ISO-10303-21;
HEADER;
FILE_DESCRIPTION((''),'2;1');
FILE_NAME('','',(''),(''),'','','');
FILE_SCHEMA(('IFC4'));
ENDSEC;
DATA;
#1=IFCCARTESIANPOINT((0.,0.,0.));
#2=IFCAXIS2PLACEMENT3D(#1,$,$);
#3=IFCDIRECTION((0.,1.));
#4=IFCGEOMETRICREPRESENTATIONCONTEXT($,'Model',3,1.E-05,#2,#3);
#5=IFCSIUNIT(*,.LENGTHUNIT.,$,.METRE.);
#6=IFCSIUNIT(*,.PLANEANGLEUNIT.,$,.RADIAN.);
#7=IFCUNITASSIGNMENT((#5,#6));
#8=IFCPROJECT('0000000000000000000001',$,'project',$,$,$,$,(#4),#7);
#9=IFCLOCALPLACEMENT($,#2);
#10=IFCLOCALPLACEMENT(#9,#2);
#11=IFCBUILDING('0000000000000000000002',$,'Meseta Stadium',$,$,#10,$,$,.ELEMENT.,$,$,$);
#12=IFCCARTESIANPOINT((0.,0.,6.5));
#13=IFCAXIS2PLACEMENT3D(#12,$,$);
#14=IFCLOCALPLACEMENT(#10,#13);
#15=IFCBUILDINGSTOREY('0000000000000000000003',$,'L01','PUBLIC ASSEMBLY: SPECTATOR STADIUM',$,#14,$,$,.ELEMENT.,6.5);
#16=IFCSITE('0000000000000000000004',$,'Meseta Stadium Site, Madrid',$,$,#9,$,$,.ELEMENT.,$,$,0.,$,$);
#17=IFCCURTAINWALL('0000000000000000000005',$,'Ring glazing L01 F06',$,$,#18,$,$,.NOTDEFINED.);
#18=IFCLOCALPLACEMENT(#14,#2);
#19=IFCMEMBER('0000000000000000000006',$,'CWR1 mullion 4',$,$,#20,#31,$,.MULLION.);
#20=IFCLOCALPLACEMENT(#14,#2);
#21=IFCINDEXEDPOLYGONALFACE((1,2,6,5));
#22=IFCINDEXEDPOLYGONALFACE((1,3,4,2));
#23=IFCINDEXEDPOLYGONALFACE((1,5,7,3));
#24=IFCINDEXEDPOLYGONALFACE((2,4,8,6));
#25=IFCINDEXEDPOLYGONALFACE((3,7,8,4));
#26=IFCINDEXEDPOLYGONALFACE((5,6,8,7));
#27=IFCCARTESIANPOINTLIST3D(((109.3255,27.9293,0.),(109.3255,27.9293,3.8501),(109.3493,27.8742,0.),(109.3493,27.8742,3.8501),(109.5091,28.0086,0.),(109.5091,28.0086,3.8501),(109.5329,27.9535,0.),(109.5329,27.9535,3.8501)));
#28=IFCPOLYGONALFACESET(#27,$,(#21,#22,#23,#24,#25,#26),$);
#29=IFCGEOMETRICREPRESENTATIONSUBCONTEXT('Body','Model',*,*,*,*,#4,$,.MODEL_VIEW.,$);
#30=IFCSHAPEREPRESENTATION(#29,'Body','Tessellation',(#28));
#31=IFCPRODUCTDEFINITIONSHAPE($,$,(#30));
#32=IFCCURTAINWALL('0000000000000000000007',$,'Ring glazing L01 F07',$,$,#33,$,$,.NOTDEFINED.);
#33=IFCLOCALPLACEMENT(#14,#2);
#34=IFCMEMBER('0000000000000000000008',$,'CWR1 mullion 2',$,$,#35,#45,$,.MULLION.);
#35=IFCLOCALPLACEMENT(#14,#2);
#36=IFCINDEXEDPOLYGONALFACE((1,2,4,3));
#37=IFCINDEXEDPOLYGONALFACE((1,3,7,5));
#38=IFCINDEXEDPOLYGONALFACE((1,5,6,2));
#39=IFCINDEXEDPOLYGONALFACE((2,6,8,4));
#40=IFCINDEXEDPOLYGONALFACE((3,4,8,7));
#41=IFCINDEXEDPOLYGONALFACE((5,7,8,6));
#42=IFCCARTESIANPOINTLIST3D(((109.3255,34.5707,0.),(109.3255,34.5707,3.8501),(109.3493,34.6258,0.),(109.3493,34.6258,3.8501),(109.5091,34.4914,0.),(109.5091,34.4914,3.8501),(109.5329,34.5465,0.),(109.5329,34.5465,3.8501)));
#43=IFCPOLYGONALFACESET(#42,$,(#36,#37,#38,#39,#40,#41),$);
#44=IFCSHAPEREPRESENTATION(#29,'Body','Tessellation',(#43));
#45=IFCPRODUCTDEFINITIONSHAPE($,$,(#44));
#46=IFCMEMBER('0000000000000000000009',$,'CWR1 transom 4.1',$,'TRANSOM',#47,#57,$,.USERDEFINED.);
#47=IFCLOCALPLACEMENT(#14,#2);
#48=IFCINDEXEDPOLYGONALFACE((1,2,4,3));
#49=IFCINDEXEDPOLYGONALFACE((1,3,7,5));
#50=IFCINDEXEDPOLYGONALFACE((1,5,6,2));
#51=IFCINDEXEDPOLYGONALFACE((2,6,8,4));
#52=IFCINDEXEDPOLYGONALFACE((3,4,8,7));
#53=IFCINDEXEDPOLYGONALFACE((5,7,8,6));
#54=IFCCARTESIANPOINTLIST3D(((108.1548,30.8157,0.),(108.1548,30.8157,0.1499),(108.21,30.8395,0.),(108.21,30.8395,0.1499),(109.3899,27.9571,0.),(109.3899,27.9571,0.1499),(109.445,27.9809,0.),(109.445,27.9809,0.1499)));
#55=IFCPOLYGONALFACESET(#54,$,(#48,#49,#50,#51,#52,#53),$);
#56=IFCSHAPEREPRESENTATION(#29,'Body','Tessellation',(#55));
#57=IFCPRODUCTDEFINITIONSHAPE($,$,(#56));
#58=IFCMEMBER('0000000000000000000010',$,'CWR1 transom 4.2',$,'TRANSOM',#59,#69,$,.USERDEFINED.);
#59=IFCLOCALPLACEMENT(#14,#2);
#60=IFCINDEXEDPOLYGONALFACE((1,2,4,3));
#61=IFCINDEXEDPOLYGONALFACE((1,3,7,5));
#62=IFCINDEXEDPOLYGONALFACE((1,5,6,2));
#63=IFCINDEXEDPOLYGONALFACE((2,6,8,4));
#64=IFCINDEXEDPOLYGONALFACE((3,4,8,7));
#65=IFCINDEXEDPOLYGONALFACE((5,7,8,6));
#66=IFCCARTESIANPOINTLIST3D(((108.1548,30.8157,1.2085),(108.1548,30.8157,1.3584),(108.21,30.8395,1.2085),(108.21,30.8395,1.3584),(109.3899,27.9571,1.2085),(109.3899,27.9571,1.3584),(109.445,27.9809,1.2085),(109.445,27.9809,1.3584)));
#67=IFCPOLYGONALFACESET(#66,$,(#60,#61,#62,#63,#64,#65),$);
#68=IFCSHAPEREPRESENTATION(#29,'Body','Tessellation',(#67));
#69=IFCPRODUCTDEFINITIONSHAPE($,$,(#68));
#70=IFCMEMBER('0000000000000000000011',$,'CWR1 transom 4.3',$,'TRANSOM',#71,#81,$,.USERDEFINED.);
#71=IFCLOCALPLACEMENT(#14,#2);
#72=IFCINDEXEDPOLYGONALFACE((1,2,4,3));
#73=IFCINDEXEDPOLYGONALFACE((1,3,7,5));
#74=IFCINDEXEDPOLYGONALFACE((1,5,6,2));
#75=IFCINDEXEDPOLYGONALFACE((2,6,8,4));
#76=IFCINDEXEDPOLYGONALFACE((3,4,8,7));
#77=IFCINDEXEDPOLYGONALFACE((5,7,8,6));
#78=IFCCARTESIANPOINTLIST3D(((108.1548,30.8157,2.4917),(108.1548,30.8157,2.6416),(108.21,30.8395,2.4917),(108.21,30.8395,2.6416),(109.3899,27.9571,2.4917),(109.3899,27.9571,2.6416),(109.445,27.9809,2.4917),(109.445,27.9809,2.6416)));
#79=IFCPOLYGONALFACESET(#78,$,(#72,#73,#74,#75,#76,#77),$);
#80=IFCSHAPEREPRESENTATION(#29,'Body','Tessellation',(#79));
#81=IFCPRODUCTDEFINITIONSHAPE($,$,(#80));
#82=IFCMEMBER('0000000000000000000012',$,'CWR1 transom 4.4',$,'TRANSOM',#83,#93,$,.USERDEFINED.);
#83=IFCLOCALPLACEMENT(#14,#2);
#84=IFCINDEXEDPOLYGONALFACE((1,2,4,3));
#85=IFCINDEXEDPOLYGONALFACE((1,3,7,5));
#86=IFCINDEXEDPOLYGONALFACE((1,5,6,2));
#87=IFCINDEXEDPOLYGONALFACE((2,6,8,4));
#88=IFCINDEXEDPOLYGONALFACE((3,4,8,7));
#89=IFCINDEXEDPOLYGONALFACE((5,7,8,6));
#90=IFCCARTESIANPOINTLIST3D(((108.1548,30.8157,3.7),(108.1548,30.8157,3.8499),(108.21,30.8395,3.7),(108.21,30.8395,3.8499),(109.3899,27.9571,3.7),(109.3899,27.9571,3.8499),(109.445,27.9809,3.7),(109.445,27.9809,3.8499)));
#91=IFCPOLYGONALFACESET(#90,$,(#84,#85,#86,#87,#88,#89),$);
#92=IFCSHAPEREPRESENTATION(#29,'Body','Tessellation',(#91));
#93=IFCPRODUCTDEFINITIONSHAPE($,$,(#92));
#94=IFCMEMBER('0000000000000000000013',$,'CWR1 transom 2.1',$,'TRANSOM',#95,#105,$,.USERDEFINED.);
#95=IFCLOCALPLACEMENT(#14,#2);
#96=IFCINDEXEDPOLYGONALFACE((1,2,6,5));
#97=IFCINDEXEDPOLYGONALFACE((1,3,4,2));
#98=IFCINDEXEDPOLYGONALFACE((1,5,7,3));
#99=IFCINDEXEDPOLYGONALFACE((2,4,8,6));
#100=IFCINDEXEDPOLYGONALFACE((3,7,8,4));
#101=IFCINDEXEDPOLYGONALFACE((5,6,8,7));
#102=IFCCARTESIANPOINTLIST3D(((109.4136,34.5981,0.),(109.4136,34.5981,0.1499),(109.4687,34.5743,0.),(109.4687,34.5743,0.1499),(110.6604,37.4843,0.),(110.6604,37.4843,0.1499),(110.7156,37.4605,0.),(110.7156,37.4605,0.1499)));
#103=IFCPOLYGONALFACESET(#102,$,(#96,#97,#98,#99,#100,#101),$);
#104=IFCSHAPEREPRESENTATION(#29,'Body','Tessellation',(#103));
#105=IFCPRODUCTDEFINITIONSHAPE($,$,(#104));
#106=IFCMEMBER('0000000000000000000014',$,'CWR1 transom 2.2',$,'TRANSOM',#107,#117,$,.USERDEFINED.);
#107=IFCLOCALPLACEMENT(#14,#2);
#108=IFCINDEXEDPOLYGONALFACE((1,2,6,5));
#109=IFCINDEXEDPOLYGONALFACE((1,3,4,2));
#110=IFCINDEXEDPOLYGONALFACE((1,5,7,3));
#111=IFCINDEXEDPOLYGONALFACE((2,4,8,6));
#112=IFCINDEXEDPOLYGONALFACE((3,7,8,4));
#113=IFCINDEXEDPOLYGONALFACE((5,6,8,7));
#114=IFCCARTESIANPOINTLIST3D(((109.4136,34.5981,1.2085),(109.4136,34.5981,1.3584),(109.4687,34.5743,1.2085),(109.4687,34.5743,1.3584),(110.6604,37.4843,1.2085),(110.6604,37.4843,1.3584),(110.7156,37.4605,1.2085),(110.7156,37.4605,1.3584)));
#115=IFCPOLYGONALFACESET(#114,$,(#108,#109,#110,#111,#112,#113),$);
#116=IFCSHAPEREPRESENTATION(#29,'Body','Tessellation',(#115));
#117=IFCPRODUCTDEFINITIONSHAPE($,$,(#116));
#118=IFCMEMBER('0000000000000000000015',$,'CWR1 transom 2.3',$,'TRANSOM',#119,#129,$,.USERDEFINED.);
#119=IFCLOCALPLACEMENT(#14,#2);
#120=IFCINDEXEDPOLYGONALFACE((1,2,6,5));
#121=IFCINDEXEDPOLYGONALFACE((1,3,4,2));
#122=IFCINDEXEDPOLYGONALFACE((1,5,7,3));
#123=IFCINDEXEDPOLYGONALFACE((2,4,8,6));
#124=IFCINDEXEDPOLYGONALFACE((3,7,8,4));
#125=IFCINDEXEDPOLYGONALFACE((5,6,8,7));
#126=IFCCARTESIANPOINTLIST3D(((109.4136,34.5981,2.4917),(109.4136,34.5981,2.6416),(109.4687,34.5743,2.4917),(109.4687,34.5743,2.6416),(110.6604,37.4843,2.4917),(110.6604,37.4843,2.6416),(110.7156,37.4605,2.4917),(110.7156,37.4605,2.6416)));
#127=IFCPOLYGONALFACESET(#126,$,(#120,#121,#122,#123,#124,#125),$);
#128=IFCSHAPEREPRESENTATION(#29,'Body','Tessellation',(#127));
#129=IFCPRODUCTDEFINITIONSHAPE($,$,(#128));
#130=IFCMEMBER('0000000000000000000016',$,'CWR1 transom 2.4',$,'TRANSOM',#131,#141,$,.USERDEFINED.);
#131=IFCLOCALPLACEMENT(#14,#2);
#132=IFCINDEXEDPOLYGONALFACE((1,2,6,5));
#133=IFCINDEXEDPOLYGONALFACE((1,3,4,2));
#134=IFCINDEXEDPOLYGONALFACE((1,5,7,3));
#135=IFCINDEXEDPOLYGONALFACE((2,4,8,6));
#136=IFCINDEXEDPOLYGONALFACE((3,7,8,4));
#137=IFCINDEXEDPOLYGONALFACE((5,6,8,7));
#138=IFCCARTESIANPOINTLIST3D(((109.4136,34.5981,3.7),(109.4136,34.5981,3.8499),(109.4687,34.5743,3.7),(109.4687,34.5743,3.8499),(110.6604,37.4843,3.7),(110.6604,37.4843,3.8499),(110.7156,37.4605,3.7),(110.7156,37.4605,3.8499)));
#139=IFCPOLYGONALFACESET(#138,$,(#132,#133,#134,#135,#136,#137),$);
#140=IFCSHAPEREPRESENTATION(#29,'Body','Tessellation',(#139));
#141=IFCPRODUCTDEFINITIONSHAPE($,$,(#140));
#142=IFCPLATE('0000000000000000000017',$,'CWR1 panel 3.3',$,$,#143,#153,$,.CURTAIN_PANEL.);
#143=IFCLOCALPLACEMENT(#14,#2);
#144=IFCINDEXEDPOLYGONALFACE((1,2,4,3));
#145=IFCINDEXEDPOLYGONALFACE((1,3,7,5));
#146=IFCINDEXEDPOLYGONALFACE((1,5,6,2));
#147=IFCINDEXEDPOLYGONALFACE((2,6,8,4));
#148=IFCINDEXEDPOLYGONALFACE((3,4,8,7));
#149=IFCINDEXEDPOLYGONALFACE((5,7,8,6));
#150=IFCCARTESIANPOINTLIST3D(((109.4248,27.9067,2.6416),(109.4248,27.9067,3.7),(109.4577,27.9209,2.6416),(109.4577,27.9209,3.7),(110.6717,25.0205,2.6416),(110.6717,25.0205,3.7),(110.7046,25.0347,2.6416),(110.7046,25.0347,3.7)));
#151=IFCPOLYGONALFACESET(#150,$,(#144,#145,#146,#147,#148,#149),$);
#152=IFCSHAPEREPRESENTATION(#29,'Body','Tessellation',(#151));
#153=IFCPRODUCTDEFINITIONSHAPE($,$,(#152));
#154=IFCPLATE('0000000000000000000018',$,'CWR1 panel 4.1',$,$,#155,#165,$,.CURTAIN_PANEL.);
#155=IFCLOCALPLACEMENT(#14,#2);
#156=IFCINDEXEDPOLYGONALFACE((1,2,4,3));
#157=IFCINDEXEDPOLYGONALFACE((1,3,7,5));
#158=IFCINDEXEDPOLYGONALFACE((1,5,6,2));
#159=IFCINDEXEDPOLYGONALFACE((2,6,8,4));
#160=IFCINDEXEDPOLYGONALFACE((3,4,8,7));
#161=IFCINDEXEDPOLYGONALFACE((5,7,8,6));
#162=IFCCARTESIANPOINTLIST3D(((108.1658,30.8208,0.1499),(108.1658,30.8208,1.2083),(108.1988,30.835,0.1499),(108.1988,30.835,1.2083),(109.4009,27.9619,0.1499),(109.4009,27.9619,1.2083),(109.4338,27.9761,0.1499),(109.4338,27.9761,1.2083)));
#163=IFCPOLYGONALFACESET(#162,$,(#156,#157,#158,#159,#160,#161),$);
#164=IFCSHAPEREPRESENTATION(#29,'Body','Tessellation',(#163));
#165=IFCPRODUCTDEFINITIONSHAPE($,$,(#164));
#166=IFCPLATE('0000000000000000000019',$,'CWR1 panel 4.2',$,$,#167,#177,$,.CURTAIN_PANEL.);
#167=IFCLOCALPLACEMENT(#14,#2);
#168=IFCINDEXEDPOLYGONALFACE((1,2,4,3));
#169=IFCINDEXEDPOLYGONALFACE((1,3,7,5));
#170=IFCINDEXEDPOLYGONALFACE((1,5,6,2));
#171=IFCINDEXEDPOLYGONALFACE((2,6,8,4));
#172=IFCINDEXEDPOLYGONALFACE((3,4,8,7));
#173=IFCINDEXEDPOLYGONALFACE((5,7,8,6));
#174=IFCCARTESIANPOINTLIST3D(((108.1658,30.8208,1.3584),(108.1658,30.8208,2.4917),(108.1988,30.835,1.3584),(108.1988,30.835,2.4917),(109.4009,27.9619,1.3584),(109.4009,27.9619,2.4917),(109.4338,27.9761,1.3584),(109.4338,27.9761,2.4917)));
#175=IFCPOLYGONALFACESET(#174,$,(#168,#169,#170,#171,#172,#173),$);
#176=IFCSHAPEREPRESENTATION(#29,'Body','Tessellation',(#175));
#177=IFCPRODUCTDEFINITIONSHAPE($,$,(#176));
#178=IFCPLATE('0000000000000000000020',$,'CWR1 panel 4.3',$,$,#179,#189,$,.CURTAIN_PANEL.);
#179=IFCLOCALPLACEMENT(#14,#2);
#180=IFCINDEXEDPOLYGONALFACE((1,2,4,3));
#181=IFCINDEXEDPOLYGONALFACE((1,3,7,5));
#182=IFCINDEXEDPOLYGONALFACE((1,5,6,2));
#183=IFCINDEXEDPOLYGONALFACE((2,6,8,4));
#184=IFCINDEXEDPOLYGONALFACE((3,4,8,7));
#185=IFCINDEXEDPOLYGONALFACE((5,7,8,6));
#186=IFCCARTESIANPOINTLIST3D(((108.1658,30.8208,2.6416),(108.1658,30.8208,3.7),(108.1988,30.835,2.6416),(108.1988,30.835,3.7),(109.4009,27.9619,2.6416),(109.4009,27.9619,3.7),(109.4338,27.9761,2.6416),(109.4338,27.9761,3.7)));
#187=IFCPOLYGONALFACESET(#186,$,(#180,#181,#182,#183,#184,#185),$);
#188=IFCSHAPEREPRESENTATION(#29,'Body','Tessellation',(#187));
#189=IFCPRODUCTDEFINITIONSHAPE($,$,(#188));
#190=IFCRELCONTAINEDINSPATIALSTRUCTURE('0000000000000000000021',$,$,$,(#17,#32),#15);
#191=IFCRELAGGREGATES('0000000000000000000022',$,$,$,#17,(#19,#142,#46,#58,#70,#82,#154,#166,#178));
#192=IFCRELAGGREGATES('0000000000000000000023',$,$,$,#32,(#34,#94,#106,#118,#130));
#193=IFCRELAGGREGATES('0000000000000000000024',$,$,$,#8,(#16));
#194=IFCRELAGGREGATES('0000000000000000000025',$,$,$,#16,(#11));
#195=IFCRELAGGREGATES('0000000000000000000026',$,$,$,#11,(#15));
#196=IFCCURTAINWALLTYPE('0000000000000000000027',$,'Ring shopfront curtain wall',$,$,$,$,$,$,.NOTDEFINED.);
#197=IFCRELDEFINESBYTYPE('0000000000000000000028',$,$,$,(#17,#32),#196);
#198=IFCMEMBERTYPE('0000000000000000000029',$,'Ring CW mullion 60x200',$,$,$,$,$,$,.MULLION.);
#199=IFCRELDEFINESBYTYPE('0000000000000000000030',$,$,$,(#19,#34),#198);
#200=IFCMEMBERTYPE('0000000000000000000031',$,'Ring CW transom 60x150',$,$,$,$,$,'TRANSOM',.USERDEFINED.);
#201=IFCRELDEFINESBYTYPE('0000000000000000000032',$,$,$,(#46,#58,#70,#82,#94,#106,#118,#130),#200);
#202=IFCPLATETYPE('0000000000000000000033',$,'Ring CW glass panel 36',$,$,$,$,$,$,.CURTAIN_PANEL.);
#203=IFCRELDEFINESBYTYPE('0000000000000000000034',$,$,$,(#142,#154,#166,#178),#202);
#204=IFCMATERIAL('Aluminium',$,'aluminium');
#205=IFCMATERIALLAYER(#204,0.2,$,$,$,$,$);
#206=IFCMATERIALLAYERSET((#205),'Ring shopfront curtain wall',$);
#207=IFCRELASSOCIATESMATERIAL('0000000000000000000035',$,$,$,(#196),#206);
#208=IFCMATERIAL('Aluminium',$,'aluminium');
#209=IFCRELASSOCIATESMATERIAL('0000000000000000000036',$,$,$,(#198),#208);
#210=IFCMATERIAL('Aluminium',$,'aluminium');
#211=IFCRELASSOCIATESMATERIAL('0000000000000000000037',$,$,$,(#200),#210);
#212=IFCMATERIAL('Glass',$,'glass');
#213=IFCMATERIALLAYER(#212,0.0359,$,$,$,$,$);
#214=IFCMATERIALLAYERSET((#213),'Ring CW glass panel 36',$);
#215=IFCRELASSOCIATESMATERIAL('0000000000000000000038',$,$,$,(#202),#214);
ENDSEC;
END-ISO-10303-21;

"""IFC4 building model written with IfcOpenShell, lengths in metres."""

from ifc_helpers import new_model, si_unit, direction, frame, origin, origin_2d, place, context, subcontext, project, spatial, rectangle, extrude, material, layer, layer_set, material_profile, profile_set, type_object, element, aggregate, save


model = new_model("IFC4")

# Units and contexts
model_context = context("Model", 3, precision=1e-05, world=origin(), true_north=direction((0.0, 1.0)))
body_context = subcontext(model_context, "Body", "Model", "MODEL_VIEW")
ifc_project = project(units=[si_unit("LENGTHUNIT", "METRE"), si_unit("PLANEANGLEUNIT", "RADIAN")], contexts=[model_context])

# Site, building, storey
site_placement = place(None, origin())
site = spatial("IfcSite", under=ifc_project, at=site_placement, Name="Meseta Stadium Site, Madrid", CompositionType="ELEMENT", RefElevation=0.0)
building_placement = place(site_placement, origin())
building = spatial("IfcBuilding", under=site, at=building_placement, Name="Meseta Stadium", CompositionType="ELEMENT")
storey_placement = place(building_placement, frame((0.0, 0.0, 6.5)))
storey = spatial("IfcBuildingStorey", under=building, at=storey_placement, Name="L01", Description="PUBLIC ASSEMBLY: SPECTATOR STADIUM", CompositionType="ELEMENT", Elevation=6.5)

# Curtain walls, members
ifc_material_1 = material(Name="Aluminium", Category="aluminium")
ifc_layer_1 = layer(ifc_material_1, 0.2)
ifc_layer_set_1 = layer_set([ifc_layer_1], Name="Ring shopfront curtain wall")
curtain_wall_type = type_object("IfcCurtainWallType", Name="Ring shopfront curtain wall", PredefinedType="NOTDEFINED", material=ifc_layer_set_1)
curtain_wall_1_placement = place(storey_placement, origin())
curtain_wall_1 = element("IfcCurtainWall", 1, at=curtain_wall_1_placement, inside=storey, type_object=curtain_wall_type, Name="Ring glazing L01 F06", PredefinedType="NOTDEFINED")
ifc_material_2 = material(Name="Aluminium", Category="aluminium")
ifc_material_profile_1 = material_profile(ifc_material_2, rectangle(XDim=0.2, YDim=0.0601, at=origin_2d()), Name="CW 200x60")
ifc_profile_set_1 = profile_set([ifc_material_profile_1], Name="Aluminium")
member_type_1 = type_object("IfcMemberType", Name="Ring CW mullion 60x200", PredefinedType="MULLION", material=ifc_profile_set_1)
member_1_placement = place(storey_placement, frame((109.4292, 27.9414, 0.0), z_axis=(0.0, 0.0, 1.0), x_axis=(-0.918, -0.396581, 0.0)))
member_1 = element("IfcMember", 2, at=member_1_placement, type_object=member_type_1, Name="CWR1 mullion 4", PredefinedType="MULLION", context=body_context, shape_type="SweptSolid", body=[
    extrude(rectangle(XDim=0.2, YDim=0.0601, at=origin_2d()), origin(), (0.0, 0.0, 1.0), 3.8501),
])
curtain_wall_2_placement = place(storey_placement, origin())
curtain_wall_2 = element("IfcCurtainWall", 3, at=curtain_wall_2_placement, inside=storey, type_object=curtain_wall_type, Name="Ring glazing L01 F07", PredefinedType="NOTDEFINED")
member_2_placement = place(storey_placement, frame((109.4292, 34.5586, 0.0), z_axis=(0.0, 0.0, 1.0), x_axis=(-0.918, 0.396581, 0.0)))
member_2 = element("IfcMember", 4, at=member_2_placement, type_object=member_type_1, Name="CWR1 mullion 2", PredefinedType="MULLION", context=body_context, shape_type="SweptSolid", body=[
    extrude(rectangle(XDim=0.2, YDim=0.0601, at=origin_2d()), origin(), (0.0, 0.0, 1.0), 3.8501),
])

# Members
ifc_material_3 = material(Name="Aluminium", Category="aluminium")
ifc_material_profile_2 = material_profile(ifc_material_3, rectangle(XDim=0.0601, YDim=0.1499, at=origin_2d()), Name="CW 60x150")
ifc_profile_set_2 = profile_set([ifc_material_profile_2], Name="Aluminium")
member_type_2 = type_object("IfcMemberType", Name="Ring CW transom 60x150", ElementType="TRANSOM", PredefinedType="USERDEFINED", material=ifc_profile_set_2)
member_3_placement = place(storey_placement, frame((109.4175, 27.969, 0.075), z_axis=(-0.396624, 0.917981, 0.0), x_axis=(-0.917981, -0.396624, 0.0)))
member_3 = element("IfcMember", 5, at=member_3_placement, type_object=member_type_2, Name="CWR1 transom 4.1", ObjectType="TRANSOM", PredefinedType="USERDEFINED", context=body_context, shape_type="SweptSolid", body=[
    extrude(rectangle(XDim=0.0601, YDim=0.1499, at=origin_2d()), origin(), (0.0, 0.0, 1.0), 3.114),
])
member_4_placement = place(storey_placement, frame((109.4175, 27.969, 1.2834), z_axis=(-0.396624, 0.917981, 0.0), x_axis=(-0.917981, -0.396624, 0.0)))
member_4 = element("IfcMember", 6, at=member_4_placement, type_object=member_type_2, Name="CWR1 transom 4.2", ObjectType="TRANSOM", PredefinedType="USERDEFINED", context=body_context, shape_type="SweptSolid", body=[
    extrude(rectangle(XDim=0.0601, YDim=0.1499, at=origin_2d()), origin(), (0.0, 0.0, 1.0), 3.114),
])
member_5_placement = place(storey_placement, frame((109.4175, 27.969, 2.5667), z_axis=(-0.396624, 0.917981, 0.0), x_axis=(-0.917981, -0.396624, 0.0)))
member_5 = element("IfcMember", 7, at=member_5_placement, type_object=member_type_2, Name="CWR1 transom 4.3", ObjectType="TRANSOM", PredefinedType="USERDEFINED", context=body_context, shape_type="SweptSolid", body=[
    extrude(rectangle(XDim=0.0601, YDim=0.1499, at=origin_2d()), origin(), (0.0, 0.0, 1.0), 3.114),
])
member_6_placement = place(storey_placement, frame((109.4175, 27.969, 3.7749), z_axis=(-0.396624, 0.917981, 0.0), x_axis=(-0.917981, -0.396624, 0.0)))
member_6 = element("IfcMember", 8, at=member_6_placement, type_object=member_type_2, Name="CWR1 transom 4.4", ObjectType="TRANSOM", PredefinedType="USERDEFINED", context=body_context, shape_type="SweptSolid", body=[
    extrude(rectangle(XDim=0.0601, YDim=0.1499, at=origin_2d()), origin(), (0.0, 0.0, 1.0), 3.114),
])
member_7_placement = place(storey_placement, frame((109.4412, 34.5862, 0.075), z_axis=(0.39657, 0.918005, 0.0), x_axis=(-0.918005, 0.39657, 0.0)))
member_7 = element("IfcMember", 9, at=member_7_placement, type_object=member_type_2, Name="CWR1 transom 2.1", ObjectType="TRANSOM", PredefinedType="USERDEFINED", context=body_context, shape_type="SweptSolid", body=[
    extrude(rectangle(XDim=0.0601, YDim=0.1499, at=origin_2d()), origin(), (0.0, 0.0, 1.0), 3.144),
])
member_8_placement = place(storey_placement, frame((109.4412, 34.5862, 1.2834), z_axis=(0.39657, 0.918005, 0.0), x_axis=(-0.918005, 0.39657, 0.0)))
member_8 = element("IfcMember", 10, at=member_8_placement, type_object=member_type_2, Name="CWR1 transom 2.2", ObjectType="TRANSOM", PredefinedType="USERDEFINED", context=body_context, shape_type="SweptSolid", body=[
    extrude(rectangle(XDim=0.0601, YDim=0.1499, at=origin_2d()), origin(), (0.0, 0.0, 1.0), 3.144),
])
member_9_placement = place(storey_placement, frame((109.4412, 34.5862, 2.5667), z_axis=(0.39657, 0.918005, 0.0), x_axis=(-0.918005, 0.39657, 0.0)))
member_9 = element("IfcMember", 11, at=member_9_placement, type_object=member_type_2, Name="CWR1 transom 2.3", ObjectType="TRANSOM", PredefinedType="USERDEFINED", context=body_context, shape_type="SweptSolid", body=[
    extrude(rectangle(XDim=0.0601, YDim=0.1499, at=origin_2d()), origin(), (0.0, 0.0, 1.0), 3.144),
])
member_10_placement = place(storey_placement, frame((109.4412, 34.5862, 3.7749), z_axis=(0.39657, 0.918005, 0.0), x_axis=(-0.918005, 0.39657, 0.0)))
member_10 = element("IfcMember", 12, at=member_10_placement, type_object=member_type_2, Name="CWR1 transom 2.4", ObjectType="TRANSOM", PredefinedType="USERDEFINED", context=body_context, shape_type="SweptSolid", body=[
    extrude(rectangle(XDim=0.0601, YDim=0.1499, at=origin_2d()), origin(), (0.0, 0.0, 1.0), 3.144),
])

# Plates
ifc_material_4 = material(Name="Glass", Category="glass")
ifc_layer_2 = layer(ifc_material_4, 0.0359)
ifc_layer_set_2 = layer_set([ifc_layer_2], Name="Ring CW glass panel 36")
plate_type_1 = type_object("IfcPlateType", Name="Ring CW glass panel 36", PredefinedType="CURTAIN_PANEL", material=ifc_layer_set_2)
plate_1_placement = place(storey_placement, frame((110.0647, 26.4707, 2.6416), z_axis=(0.0, 0.0, 1.0), x_axis=(-0.396581, 0.918, 0.0)))
plate_1 = element("IfcPlate", 13, at=plate_1_placement, type_object=plate_type_1, Name="CWR1 panel 3.3", PredefinedType="CURTAIN_PANEL", context=body_context, shape_type="SweptSolid", body=[
    extrude(rectangle(XDim=3.144, YDim=0.0359, at=origin_2d()), origin(), (0.0, 0.0, 1.0), 1.0583),
])
plate_2_placement = place(storey_placement, frame((108.7998, 29.3984, 0.1499), z_axis=(0.0, 0.0, 1.0), x_axis=(-0.396581, 0.918, 0.0)))
plate_2 = element("IfcPlate", 14, at=plate_2_placement, type_object=plate_type_1, Name="CWR1 panel 4.1", PredefinedType="CURTAIN_PANEL", context=body_context, shape_type="SweptSolid", body=[
    extrude(rectangle(XDim=3.1143, YDim=0.0359, at=origin_2d()), origin(), (0.0, 0.0, 1.0), 1.0583),
])
plate_3_placement = place(storey_placement, frame((108.7998, 29.3984, 1.3584), z_axis=(0.0, 0.0, 1.0), x_axis=(-0.396581, 0.918, 0.0)))
plate_3 = element("IfcPlate", 15, at=plate_3_placement, type_object=plate_type_1, Name="CWR1 panel 4.2", PredefinedType="CURTAIN_PANEL", context=body_context, shape_type="SweptSolid", body=[
    extrude(rectangle(XDim=3.1143, YDim=0.0359, at=origin_2d()), origin(), (0.0, 0.0, 1.0), 1.1333),
])
plate_4_placement = place(storey_placement, frame((108.7998, 29.3984, 2.6416), z_axis=(0.0, 0.0, 1.0), x_axis=(-0.396581, 0.918, 0.0)))
plate_4 = element("IfcPlate", 16, at=plate_4_placement, type_object=plate_type_1, Name="CWR1 panel 4.3", PredefinedType="CURTAIN_PANEL", context=body_context, shape_type="SweptSolid", body=[
    extrude(rectangle(XDim=3.1143, YDim=0.0359, at=origin_2d()), origin(), (0.0, 0.0, 1.0), 1.0583),
])
aggregate(curtain_wall_1, [member_1, plate_1, member_3, member_4, member_5, member_6, plate_2, plate_3, plate_4])
aggregate(curtain_wall_2, [member_2, member_7, member_8, member_9, member_10])

save(model, "model.ifc")
